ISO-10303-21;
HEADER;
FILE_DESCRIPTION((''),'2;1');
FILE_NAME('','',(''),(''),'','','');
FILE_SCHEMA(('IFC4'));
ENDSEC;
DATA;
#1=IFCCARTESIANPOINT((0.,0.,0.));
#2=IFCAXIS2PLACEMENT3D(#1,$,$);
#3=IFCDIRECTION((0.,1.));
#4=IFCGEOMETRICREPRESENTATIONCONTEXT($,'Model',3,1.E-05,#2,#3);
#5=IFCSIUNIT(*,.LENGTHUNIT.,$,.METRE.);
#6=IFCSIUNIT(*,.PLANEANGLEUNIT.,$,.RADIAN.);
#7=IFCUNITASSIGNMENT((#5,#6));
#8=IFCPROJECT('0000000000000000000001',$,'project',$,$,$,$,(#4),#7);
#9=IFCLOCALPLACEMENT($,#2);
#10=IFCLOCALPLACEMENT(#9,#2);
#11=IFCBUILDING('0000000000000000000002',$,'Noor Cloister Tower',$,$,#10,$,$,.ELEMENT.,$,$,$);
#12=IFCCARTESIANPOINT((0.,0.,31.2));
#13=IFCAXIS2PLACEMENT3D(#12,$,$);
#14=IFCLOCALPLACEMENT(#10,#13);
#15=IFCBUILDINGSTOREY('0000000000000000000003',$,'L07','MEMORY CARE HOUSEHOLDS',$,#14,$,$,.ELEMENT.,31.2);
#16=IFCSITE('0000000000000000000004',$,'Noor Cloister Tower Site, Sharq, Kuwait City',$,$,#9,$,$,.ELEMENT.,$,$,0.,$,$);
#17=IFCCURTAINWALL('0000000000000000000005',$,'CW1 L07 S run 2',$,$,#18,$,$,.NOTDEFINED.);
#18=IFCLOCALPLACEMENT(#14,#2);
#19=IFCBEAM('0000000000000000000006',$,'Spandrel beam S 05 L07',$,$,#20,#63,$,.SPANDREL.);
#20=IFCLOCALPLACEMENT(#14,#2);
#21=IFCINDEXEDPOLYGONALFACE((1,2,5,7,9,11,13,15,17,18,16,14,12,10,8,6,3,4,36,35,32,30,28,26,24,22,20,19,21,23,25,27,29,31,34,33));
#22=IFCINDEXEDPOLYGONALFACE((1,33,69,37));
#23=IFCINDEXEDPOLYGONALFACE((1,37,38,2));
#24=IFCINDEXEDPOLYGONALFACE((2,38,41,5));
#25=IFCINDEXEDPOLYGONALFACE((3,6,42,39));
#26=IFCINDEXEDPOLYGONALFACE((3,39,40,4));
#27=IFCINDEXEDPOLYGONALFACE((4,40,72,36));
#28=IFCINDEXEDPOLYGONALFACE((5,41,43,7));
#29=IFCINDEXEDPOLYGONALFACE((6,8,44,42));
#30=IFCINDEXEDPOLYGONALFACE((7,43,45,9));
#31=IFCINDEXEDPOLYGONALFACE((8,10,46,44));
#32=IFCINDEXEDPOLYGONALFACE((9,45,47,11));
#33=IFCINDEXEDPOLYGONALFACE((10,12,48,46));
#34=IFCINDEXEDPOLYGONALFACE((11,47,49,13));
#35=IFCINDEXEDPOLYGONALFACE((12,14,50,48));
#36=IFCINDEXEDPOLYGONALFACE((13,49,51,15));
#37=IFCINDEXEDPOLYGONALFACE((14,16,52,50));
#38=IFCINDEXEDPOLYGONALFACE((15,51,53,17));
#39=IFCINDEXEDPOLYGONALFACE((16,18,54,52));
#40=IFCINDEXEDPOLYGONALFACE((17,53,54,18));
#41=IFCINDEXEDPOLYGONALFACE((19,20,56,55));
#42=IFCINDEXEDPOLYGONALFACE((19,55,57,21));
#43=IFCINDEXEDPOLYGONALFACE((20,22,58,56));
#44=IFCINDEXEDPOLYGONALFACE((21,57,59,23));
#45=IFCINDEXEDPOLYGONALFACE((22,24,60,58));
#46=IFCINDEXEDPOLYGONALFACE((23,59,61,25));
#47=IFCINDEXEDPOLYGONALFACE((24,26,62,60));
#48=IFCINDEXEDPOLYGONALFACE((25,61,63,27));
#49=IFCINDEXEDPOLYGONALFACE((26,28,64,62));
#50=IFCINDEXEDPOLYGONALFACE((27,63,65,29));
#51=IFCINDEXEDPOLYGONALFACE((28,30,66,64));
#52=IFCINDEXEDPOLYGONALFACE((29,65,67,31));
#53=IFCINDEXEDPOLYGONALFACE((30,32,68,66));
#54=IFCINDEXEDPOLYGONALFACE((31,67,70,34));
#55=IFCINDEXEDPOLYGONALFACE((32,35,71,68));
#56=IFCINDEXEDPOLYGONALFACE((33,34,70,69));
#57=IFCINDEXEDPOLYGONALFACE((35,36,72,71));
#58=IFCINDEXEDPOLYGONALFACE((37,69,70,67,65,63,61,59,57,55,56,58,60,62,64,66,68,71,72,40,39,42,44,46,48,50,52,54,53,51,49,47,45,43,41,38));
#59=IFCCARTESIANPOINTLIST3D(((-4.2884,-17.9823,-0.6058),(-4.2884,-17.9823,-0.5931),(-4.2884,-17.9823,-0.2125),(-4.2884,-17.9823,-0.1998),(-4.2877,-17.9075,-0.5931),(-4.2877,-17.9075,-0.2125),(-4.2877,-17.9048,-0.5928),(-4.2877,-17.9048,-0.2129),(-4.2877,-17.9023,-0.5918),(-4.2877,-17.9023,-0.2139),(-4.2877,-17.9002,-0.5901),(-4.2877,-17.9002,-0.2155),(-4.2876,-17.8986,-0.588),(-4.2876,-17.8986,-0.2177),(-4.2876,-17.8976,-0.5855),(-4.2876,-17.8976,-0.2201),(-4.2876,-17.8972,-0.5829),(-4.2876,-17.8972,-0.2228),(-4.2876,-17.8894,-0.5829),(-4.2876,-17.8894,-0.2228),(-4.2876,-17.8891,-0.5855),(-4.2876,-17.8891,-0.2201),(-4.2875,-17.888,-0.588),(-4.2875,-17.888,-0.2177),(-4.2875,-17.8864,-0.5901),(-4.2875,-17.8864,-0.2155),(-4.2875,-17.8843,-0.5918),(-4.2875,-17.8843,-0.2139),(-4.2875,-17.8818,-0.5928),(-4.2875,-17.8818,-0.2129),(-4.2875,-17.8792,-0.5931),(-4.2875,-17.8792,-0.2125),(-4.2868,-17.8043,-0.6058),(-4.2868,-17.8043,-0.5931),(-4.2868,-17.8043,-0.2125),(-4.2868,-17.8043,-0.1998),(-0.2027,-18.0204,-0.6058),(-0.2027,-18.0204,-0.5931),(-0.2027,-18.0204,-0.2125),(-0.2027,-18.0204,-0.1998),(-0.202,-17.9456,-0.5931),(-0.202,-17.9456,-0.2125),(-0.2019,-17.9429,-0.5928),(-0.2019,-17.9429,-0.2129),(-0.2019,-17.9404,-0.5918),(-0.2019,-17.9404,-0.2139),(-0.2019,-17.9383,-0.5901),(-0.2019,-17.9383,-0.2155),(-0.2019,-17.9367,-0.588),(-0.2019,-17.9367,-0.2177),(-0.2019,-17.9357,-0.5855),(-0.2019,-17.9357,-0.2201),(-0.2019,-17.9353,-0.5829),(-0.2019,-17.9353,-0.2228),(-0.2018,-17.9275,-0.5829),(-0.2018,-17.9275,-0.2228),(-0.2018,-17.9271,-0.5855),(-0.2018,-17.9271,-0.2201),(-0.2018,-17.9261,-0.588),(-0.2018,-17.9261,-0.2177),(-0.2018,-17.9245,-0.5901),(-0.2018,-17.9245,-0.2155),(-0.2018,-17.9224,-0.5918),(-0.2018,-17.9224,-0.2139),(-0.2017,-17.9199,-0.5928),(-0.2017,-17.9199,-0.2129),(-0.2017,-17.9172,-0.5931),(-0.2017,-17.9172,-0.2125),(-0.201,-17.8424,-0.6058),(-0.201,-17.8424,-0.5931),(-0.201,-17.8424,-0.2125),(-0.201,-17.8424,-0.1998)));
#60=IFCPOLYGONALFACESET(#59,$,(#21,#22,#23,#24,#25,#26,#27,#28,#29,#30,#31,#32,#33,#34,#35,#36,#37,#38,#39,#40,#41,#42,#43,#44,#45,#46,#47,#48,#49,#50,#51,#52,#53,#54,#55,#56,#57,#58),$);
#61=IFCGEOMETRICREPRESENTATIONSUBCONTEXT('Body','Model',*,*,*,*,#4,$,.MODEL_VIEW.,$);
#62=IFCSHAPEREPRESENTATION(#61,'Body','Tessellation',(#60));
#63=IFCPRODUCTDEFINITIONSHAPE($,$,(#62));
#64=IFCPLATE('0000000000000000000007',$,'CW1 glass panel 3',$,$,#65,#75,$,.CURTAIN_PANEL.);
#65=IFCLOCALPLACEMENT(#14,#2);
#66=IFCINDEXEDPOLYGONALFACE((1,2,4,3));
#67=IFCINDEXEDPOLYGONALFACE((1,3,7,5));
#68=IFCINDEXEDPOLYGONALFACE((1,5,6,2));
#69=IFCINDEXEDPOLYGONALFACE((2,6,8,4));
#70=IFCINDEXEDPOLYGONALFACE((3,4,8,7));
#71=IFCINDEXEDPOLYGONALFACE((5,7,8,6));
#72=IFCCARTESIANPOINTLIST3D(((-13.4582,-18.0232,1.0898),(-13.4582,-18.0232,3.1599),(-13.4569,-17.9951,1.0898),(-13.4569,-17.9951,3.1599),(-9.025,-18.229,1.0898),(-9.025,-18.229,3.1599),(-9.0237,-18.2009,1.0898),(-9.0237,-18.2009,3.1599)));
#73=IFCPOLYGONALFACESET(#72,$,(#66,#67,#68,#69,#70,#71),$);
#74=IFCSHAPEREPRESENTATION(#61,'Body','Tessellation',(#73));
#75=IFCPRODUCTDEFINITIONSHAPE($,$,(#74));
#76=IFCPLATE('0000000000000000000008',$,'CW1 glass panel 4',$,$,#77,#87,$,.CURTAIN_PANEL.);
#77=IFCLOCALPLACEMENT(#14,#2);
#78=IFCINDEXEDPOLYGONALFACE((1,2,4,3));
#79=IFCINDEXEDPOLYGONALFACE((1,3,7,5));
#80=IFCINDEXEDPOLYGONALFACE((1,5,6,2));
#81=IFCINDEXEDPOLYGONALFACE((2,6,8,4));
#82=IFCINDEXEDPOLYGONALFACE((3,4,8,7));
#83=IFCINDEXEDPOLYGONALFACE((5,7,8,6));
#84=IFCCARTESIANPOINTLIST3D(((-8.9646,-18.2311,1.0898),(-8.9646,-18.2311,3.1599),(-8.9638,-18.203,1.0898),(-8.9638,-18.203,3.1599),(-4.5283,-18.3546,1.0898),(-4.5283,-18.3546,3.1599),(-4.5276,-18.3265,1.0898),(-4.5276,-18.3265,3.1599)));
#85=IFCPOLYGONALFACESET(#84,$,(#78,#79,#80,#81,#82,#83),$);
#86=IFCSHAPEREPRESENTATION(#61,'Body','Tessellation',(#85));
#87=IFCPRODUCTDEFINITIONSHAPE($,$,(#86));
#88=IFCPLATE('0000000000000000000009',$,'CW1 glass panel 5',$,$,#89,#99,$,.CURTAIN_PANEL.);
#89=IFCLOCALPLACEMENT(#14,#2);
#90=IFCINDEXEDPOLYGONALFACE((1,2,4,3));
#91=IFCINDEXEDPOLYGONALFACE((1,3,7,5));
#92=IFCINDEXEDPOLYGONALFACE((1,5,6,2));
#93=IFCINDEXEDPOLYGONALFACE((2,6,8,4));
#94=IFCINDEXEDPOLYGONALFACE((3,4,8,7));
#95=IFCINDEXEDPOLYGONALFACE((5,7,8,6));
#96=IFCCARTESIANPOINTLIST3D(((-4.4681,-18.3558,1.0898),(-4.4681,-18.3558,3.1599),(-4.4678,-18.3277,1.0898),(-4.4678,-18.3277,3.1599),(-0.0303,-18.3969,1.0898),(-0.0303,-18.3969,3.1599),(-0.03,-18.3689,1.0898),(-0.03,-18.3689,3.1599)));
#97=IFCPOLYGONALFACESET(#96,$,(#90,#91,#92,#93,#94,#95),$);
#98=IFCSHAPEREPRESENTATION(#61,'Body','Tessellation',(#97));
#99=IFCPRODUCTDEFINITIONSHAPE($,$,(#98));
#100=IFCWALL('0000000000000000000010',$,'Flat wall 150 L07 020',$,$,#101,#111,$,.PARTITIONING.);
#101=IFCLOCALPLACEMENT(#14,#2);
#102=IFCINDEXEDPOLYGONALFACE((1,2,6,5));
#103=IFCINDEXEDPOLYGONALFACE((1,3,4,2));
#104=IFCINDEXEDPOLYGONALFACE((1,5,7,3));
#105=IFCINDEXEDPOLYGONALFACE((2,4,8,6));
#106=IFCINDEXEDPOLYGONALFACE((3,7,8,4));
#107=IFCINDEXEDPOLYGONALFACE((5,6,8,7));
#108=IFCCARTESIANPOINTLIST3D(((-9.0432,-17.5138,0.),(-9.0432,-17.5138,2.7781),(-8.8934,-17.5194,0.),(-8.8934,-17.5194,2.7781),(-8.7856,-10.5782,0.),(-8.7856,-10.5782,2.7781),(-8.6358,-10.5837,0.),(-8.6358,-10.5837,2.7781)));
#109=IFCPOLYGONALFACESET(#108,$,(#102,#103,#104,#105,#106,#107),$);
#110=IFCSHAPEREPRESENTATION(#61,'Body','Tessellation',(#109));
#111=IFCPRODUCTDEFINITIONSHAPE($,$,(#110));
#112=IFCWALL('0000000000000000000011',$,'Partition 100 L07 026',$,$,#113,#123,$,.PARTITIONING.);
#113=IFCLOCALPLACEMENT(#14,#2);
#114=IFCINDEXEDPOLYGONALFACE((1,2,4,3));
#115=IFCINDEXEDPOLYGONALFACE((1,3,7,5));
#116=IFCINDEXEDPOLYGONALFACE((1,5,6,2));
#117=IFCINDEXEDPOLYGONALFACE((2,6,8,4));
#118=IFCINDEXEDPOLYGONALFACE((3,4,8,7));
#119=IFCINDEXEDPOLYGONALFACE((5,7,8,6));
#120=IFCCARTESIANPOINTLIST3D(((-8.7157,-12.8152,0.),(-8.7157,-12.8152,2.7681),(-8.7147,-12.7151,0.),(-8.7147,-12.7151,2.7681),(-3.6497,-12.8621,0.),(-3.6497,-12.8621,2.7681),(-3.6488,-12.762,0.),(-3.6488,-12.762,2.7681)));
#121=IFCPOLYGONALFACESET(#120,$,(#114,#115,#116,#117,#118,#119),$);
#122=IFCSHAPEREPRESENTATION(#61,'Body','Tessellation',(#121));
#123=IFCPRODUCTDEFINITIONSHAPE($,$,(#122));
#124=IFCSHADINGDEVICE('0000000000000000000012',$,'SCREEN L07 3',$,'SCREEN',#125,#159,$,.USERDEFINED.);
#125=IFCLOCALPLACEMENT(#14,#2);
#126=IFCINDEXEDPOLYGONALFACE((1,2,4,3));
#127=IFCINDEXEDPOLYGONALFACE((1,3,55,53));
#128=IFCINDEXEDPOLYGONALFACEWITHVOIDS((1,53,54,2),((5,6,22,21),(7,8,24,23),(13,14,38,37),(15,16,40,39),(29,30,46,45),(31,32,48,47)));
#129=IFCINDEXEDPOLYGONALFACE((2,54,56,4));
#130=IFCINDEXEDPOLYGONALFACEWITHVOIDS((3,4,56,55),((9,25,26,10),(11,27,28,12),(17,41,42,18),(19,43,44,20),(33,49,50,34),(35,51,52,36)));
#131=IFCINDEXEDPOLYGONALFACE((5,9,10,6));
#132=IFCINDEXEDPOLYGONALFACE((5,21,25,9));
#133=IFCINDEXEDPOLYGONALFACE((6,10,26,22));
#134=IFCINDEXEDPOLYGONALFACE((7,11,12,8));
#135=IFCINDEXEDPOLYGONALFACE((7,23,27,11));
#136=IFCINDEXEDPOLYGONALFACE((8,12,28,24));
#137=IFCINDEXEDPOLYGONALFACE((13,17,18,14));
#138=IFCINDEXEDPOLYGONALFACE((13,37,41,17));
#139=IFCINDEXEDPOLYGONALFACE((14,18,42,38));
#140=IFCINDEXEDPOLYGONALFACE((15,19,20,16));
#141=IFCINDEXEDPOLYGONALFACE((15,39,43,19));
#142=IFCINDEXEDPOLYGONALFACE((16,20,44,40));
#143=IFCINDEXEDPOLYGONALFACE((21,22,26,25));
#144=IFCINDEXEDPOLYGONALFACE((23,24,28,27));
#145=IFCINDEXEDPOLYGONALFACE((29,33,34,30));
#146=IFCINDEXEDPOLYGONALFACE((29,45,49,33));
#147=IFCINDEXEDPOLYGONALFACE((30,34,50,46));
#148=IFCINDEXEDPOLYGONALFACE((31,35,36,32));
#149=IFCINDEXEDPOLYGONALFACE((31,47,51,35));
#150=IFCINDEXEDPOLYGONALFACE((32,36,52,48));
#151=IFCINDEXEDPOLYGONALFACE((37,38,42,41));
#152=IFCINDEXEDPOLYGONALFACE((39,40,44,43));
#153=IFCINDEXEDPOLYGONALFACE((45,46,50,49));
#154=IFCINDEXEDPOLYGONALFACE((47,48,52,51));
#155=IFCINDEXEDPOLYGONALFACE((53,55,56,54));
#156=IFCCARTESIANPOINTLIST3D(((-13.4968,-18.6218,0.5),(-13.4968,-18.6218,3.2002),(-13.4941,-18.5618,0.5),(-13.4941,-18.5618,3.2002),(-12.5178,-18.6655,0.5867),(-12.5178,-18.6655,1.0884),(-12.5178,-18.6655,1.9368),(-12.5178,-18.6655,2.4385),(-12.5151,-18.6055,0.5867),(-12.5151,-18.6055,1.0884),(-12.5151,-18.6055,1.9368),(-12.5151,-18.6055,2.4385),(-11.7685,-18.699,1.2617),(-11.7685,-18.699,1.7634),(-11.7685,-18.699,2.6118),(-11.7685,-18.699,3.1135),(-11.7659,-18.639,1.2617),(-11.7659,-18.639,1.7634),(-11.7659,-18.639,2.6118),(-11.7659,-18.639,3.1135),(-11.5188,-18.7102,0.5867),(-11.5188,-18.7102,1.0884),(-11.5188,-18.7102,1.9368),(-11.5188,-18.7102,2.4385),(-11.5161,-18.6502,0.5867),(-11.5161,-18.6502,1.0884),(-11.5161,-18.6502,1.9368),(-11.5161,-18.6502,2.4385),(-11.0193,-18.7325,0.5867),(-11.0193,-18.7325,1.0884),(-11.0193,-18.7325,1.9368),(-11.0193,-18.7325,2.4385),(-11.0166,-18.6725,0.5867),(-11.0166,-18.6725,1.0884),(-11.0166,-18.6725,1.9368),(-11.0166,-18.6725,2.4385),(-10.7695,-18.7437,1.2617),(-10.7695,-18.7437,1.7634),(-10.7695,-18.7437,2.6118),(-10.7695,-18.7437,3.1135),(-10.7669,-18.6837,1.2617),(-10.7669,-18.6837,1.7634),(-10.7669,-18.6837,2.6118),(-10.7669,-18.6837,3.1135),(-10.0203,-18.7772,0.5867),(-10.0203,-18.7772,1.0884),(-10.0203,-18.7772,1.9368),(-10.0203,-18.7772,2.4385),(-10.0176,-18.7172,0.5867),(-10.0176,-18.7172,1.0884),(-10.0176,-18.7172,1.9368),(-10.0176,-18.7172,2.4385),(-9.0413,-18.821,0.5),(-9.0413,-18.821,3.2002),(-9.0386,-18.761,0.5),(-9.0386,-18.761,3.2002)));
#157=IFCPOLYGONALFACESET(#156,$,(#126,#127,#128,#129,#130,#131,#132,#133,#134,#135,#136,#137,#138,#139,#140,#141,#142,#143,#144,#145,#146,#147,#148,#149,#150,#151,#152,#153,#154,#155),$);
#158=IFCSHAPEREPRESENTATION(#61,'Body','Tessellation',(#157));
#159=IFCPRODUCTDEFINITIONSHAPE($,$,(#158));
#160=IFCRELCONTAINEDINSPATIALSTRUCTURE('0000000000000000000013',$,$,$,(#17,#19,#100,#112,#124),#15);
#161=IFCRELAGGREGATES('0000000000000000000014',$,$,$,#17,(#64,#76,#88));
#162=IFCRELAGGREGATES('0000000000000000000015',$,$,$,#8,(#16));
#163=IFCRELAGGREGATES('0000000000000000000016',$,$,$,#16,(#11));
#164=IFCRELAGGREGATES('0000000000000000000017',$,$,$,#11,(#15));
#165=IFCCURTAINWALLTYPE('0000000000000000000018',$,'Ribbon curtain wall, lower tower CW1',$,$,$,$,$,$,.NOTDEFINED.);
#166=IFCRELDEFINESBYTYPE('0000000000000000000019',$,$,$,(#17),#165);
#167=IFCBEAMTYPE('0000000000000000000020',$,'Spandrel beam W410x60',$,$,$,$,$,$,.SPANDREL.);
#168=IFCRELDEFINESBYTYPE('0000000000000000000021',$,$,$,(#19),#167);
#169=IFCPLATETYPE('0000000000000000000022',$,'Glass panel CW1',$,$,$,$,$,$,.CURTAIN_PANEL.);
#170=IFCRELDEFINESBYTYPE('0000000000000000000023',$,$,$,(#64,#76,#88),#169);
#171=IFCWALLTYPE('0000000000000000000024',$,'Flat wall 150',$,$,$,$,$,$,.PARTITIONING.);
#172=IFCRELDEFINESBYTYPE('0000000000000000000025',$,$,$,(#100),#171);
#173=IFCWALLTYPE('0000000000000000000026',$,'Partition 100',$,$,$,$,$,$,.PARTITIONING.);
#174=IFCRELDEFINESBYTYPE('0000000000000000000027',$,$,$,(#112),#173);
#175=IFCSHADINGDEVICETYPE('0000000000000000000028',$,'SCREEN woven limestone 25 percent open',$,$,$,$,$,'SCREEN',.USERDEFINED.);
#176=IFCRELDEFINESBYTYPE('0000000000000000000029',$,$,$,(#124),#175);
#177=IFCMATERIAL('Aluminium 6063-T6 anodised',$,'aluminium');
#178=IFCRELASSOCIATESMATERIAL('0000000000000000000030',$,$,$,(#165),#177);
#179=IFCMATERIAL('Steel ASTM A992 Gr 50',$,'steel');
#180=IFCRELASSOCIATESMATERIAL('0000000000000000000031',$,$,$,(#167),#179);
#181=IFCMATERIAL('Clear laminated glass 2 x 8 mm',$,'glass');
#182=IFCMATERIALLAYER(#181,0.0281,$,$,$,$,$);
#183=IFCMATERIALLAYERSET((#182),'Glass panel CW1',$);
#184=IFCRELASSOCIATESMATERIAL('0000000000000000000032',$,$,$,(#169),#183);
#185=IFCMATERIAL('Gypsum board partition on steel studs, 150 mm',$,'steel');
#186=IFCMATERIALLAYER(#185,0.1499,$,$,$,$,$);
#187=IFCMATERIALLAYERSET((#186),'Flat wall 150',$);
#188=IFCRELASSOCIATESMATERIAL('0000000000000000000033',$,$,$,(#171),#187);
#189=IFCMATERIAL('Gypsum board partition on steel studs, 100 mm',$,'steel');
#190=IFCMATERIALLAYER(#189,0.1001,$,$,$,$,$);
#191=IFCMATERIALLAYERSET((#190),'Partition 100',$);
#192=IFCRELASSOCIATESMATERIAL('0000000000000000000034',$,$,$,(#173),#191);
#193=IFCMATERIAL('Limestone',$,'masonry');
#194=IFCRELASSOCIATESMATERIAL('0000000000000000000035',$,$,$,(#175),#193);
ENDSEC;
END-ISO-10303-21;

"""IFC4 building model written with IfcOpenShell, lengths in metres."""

from ifc_helpers import new_model, si_unit, direction, frame, frame_2d, origin, origin_2d, place, context, subcontext, project, spatial, polyline, rectangle, i_section, outline, extrude, material, layer, layer_set, material_profile, profile_set, type_object, element, aggregate, save


model = new_model("IFC4")

# Units and contexts
model_context = context("Model", 3, precision=1e-05, world=origin(), true_north=direction((0.0, 1.0)))
body_context = subcontext(model_context, "Body", "Model", "MODEL_VIEW")
ifc_project = project(units=[si_unit("LENGTHUNIT", "METRE"), si_unit("PLANEANGLEUNIT", "RADIAN")], contexts=[model_context])

# Site, building, storey
site_placement = place(None, origin())
site = spatial("IfcSite", under=ifc_project, at=site_placement, Name="Noor Cloister Tower Site, Sharq, Kuwait City", CompositionType="ELEMENT", RefElevation=0.0)
building_placement = place(site_placement, origin())
building = spatial("IfcBuilding", under=site, at=building_placement, Name="Noor Cloister Tower", CompositionType="ELEMENT")
storey_placement = place(building_placement, frame((0.0, 0.0, 31.2)))
storey = spatial("IfcBuildingStorey", under=building, at=storey_placement, Name="L07", Description="MEMORY CARE HOUSEHOLDS", CompositionType="ELEMENT", Elevation=31.2)

# Curtain wall
ifc_material_1 = material(Name="Aluminium 6063-T6 anodised", Category="aluminium")
curtain_wall_type = type_object("IfcCurtainWallType", Name="Ribbon curtain wall, lower tower CW1", PredefinedType="NOTDEFINED", material=ifc_material_1)
curtain_wall_placement = place(storey_placement, origin())
curtain_wall = element("IfcCurtainWall", 1, at=curtain_wall_placement, inside=storey, type_object=curtain_wall_type, Name="CW1 L07 S run 2", PredefinedType="NOTDEFINED")

# Beam
ifc_material_2 = material(Name="Steel ASTM A992 Gr 50", Category="steel")
ifc_material_profile_1 = material_profile(ifc_material_2, i_section(OverallWidth=0.178, OverallDepth=0.406, WebThickness=0.0078, FlangeThickness=0.0127, FilletRadius=0.0103, at=origin_2d()), Name="W410x60")
ifc_profile_set_1 = profile_set([ifc_material_profile_1], Name="Steel ASTM A992 Gr 50")
beam_type_1 = type_object("IfcBeamType", Name="Spandrel beam W410x60", PredefinedType="SPANDREL", material=ifc_profile_set_1)
beam_1_placement = place(storey_placement, frame((-4.2876, -17.8933, -0.4028), z_axis=(0.999957, -0.009321, 0.0), x_axis=(0.009321, 0.999957, 0.0)))
element("IfcBeam", 2, at=beam_1_placement, inside=storey, type_object=beam_type_1, Name="Spandrel beam S 05 L07", PredefinedType="SPANDREL", context=body_context, shape_type="SweptSolid", body=[
    extrude(i_section(OverallWidth=0.178, OverallDepth=0.406, WebThickness=0.0078, FlangeThickness=0.0127, FilletRadius=0.0103, at=origin_2d()), origin(), (0.0, 0.0, 1.0), 4.0859),
])

# Plates
ifc_material_3 = material(Name="Clear laminated glass 2 x 8 mm", Category="glass")
ifc_layer_1 = layer(ifc_material_3, 0.0281)
ifc_layer_set_1 = layer_set([ifc_layer_1], Name="Glass panel CW1")
plate_type = type_object("IfcPlateType", Name="Glass panel CW1", PredefinedType="CURTAIN_PANEL", material=ifc_layer_set_1)
plate_1_placement = place(storey_placement, frame((-11.241, -18.1121, 1.0898), z_axis=(0.0, 0.0, 1.0), x_axis=(0.998924, -0.046368, 0.0)))
plate_1 = element("IfcPlate", 3, at=plate_1_placement, type_object=plate_type, Name="CW1 glass panel 3", PredefinedType="CURTAIN_PANEL", context=body_context, shape_type="SweptSolid", body=[
    extrude(rectangle(XDim=4.438, YDim=0.0281, at=origin_2d()), origin(), (0.0, 0.0, 1.0), 2.0701),
])
plate_2_placement = place(storey_placement, frame((-6.7461, -18.2788, 1.0898), z_axis=(0.0, 0.0, 1.0), x_axis=(0.999613, -0.027827, 0.0)))
plate_2 = element("IfcPlate", 4, at=plate_2_placement, type_object=plate_type, Name="CW1 glass panel 4", PredefinedType="CURTAIN_PANEL", context=body_context, shape_type="SweptSolid", body=[
    extrude(rectangle(XDim=4.438, YDim=0.0281, at=origin_2d()), origin(), (0.0, 0.0, 1.0), 2.0701),
])
plate_3_placement = place(storey_placement, frame((-2.249, -18.3623, 1.0898), z_axis=(0.0, 0.0, 1.0), x_axis=(0.999957, -0.009277, 0.0)))
plate_3 = element("IfcPlate", 5, at=plate_3_placement, type_object=plate_type, Name="CW1 glass panel 5", PredefinedType="CURTAIN_PANEL", context=body_context, shape_type="SweptSolid", body=[
    extrude(rectangle(XDim=4.438, YDim=0.0281, at=origin_2d()), origin(), (0.0, 0.0, 1.0), 2.0701),
])
aggregate(curtain_wall, [plate_1, plate_2, plate_3])

# Walls
ifc_material_4 = material(Name="Gypsum board partition on steel studs, 150 mm", Category="steel")
ifc_layer_2 = layer(ifc_material_4, 0.1499)
ifc_layer_set_2 = layer_set([ifc_layer_2], Name="Flat wall 150")
wall_type_1 = type_object("IfcWallType", Name="Flat wall 150", PredefinedType="PARTITIONING", material=ifc_layer_set_2)
wall_1_placement = place(storey_placement, frame((-8.9683, -17.5166, 0.0), z_axis=(0.0, 0.0, 1.0), x_axis=(0.037112, 0.999311, 0.0)))
element("IfcWall", 6, at=wall_1_placement, inside=storey, type_object=wall_type_1, Name="Flat wall 150 L07 020", PredefinedType="PARTITIONING", context=body_context, shape_type="SweptSolid", body=[
    extrude(rectangle(XDim=6.9404, YDim=0.1499, at=frame_2d((3.4702, 0.0))), origin(), (0.0, 0.0, 1.0), 2.7781),
])
ifc_material_5 = material(Name="Gypsum board partition on steel studs, 100 mm", Category="steel")
ifc_layer_3 = layer(ifc_material_5, 0.1001)
ifc_layer_set_3 = layer_set([ifc_layer_3], Name="Partition 100")
wall_type_2 = type_object("IfcWallType", Name="Partition 100", PredefinedType="PARTITIONING", material=ifc_layer_set_3)
wall_2_placement = place(storey_placement, frame((-8.7153, -12.7651, 0.0), z_axis=(0.0, 0.0, 1.0), x_axis=(0.999957, -0.009253, 0.0)))
element("IfcWall", 7, at=wall_2_placement, inside=storey, type_object=wall_type_2, Name="Partition 100 L07 026", PredefinedType="PARTITIONING", context=body_context, shape_type="SweptSolid", body=[
    extrude(rectangle(XDim=5.0662, YDim=0.1001, at=frame_2d((2.5332, 0.0))), origin(), (0.0, 0.0, 1.0), 2.7681),
])

# Shading device
ifc_material_6 = material(Name="Limestone", Category="masonry")
ifc_material_profile_2 = material_profile(ifc_material_6, outline(polyline([(-2.23, -1.3501), (2.23, -1.3501), (2.23, 1.3501), (-2.23, 1.3501), (-2.23, -1.3501)]), holes=[polyline([(-1.25, -1.2634), (-0.25, -1.2634), (-0.25, -0.7617), (-1.25, -0.7617), (-1.25, -1.2634)]), polyline([(0.25, -1.2634), (1.25, -1.2634), (1.25, -0.7617), (0.25, -0.7617), (0.25, -1.2634)]), polyline([(-0.5, -0.5884), (0.5, -0.5884), (0.5, -0.0867), (-0.5, -0.0867), (-0.5, -0.5884)]), polyline([(-1.25, 0.0867), (-0.25, 0.0867), (-0.25, 0.5884), (-1.25, 0.5884), (-1.25, 0.0867)]), polyline([(0.25, 0.0867), (1.25, 0.0867), (1.25, 0.5884), (0.25, 0.5884), (0.25, 0.0867)]), polyline([(-0.5, 0.7617), (0.5, 0.7617), (0.5, 1.2634), (-0.5, 1.2634), (-0.5, 0.7617)])]), Name="Woven screen 25 percent open")
ifc_profile_set_2 = profile_set([ifc_material_profile_2], Name="Limestone")
shading_device_type = type_object("IfcShadingDeviceType", Name="SCREEN woven limestone 25 percent open", ElementType="SCREEN", PredefinedType="USERDEFINED", material=ifc_profile_set_2)
for number, where, z_axis, x_axis, name in (
    (8, (-11.2664, -18.6614, 1.8501), (-0.044671, -0.999002, 0.0), (0.999002, -0.044671, 0.0), "SCREEN L07 3"),
):
    element("IfcShadingDevice", number, at=place(storey_placement, frame(where, z_axis=z_axis, x_axis=x_axis)), inside=storey, type_object=shading_device_type, Name=name, ObjectType="SCREEN", PredefinedType="USERDEFINED", context=body_context, shape_type="SweptSolid", body=[
        extrude(outline(polyline([(-2.23, -1.3501), (2.23, -1.3501), (2.23, 1.3501), (-2.23, 1.3501), (-2.23, -1.3501)]), holes=[polyline([(-1.25, -1.2634), (-0.25, -1.2634), (-0.25, -0.7617), (-1.25, -0.7617), (-1.25, -1.2634)]), polyline([(0.25, -1.2634), (1.25, -1.2634), (1.25, -0.7617), (0.25, -0.7617), (0.25, -1.2634)]), polyline([(-0.5, -0.5884), (0.5, -0.5884), (0.5, -0.0867), (-0.5, -0.0867), (-0.5, -0.5884)]), polyline([(-1.25, 0.0867), (-0.25, 0.0867), (-0.25, 0.5884), (-1.25, 0.5884), (-1.25, 0.0867)]), polyline([(0.25, 0.0867), (1.25, 0.0867), (1.25, 0.5884), (0.25, 0.5884), (0.25, 0.0867)]), polyline([(-0.5, 0.7617), (0.5, 0.7617), (0.5, 1.2634), (-0.5, 1.2634), (-0.5, 0.7617)])]), origin(), (0.0, 0.0, 1.0), 0.0601),
    ])

save(model, "model.ifc")
